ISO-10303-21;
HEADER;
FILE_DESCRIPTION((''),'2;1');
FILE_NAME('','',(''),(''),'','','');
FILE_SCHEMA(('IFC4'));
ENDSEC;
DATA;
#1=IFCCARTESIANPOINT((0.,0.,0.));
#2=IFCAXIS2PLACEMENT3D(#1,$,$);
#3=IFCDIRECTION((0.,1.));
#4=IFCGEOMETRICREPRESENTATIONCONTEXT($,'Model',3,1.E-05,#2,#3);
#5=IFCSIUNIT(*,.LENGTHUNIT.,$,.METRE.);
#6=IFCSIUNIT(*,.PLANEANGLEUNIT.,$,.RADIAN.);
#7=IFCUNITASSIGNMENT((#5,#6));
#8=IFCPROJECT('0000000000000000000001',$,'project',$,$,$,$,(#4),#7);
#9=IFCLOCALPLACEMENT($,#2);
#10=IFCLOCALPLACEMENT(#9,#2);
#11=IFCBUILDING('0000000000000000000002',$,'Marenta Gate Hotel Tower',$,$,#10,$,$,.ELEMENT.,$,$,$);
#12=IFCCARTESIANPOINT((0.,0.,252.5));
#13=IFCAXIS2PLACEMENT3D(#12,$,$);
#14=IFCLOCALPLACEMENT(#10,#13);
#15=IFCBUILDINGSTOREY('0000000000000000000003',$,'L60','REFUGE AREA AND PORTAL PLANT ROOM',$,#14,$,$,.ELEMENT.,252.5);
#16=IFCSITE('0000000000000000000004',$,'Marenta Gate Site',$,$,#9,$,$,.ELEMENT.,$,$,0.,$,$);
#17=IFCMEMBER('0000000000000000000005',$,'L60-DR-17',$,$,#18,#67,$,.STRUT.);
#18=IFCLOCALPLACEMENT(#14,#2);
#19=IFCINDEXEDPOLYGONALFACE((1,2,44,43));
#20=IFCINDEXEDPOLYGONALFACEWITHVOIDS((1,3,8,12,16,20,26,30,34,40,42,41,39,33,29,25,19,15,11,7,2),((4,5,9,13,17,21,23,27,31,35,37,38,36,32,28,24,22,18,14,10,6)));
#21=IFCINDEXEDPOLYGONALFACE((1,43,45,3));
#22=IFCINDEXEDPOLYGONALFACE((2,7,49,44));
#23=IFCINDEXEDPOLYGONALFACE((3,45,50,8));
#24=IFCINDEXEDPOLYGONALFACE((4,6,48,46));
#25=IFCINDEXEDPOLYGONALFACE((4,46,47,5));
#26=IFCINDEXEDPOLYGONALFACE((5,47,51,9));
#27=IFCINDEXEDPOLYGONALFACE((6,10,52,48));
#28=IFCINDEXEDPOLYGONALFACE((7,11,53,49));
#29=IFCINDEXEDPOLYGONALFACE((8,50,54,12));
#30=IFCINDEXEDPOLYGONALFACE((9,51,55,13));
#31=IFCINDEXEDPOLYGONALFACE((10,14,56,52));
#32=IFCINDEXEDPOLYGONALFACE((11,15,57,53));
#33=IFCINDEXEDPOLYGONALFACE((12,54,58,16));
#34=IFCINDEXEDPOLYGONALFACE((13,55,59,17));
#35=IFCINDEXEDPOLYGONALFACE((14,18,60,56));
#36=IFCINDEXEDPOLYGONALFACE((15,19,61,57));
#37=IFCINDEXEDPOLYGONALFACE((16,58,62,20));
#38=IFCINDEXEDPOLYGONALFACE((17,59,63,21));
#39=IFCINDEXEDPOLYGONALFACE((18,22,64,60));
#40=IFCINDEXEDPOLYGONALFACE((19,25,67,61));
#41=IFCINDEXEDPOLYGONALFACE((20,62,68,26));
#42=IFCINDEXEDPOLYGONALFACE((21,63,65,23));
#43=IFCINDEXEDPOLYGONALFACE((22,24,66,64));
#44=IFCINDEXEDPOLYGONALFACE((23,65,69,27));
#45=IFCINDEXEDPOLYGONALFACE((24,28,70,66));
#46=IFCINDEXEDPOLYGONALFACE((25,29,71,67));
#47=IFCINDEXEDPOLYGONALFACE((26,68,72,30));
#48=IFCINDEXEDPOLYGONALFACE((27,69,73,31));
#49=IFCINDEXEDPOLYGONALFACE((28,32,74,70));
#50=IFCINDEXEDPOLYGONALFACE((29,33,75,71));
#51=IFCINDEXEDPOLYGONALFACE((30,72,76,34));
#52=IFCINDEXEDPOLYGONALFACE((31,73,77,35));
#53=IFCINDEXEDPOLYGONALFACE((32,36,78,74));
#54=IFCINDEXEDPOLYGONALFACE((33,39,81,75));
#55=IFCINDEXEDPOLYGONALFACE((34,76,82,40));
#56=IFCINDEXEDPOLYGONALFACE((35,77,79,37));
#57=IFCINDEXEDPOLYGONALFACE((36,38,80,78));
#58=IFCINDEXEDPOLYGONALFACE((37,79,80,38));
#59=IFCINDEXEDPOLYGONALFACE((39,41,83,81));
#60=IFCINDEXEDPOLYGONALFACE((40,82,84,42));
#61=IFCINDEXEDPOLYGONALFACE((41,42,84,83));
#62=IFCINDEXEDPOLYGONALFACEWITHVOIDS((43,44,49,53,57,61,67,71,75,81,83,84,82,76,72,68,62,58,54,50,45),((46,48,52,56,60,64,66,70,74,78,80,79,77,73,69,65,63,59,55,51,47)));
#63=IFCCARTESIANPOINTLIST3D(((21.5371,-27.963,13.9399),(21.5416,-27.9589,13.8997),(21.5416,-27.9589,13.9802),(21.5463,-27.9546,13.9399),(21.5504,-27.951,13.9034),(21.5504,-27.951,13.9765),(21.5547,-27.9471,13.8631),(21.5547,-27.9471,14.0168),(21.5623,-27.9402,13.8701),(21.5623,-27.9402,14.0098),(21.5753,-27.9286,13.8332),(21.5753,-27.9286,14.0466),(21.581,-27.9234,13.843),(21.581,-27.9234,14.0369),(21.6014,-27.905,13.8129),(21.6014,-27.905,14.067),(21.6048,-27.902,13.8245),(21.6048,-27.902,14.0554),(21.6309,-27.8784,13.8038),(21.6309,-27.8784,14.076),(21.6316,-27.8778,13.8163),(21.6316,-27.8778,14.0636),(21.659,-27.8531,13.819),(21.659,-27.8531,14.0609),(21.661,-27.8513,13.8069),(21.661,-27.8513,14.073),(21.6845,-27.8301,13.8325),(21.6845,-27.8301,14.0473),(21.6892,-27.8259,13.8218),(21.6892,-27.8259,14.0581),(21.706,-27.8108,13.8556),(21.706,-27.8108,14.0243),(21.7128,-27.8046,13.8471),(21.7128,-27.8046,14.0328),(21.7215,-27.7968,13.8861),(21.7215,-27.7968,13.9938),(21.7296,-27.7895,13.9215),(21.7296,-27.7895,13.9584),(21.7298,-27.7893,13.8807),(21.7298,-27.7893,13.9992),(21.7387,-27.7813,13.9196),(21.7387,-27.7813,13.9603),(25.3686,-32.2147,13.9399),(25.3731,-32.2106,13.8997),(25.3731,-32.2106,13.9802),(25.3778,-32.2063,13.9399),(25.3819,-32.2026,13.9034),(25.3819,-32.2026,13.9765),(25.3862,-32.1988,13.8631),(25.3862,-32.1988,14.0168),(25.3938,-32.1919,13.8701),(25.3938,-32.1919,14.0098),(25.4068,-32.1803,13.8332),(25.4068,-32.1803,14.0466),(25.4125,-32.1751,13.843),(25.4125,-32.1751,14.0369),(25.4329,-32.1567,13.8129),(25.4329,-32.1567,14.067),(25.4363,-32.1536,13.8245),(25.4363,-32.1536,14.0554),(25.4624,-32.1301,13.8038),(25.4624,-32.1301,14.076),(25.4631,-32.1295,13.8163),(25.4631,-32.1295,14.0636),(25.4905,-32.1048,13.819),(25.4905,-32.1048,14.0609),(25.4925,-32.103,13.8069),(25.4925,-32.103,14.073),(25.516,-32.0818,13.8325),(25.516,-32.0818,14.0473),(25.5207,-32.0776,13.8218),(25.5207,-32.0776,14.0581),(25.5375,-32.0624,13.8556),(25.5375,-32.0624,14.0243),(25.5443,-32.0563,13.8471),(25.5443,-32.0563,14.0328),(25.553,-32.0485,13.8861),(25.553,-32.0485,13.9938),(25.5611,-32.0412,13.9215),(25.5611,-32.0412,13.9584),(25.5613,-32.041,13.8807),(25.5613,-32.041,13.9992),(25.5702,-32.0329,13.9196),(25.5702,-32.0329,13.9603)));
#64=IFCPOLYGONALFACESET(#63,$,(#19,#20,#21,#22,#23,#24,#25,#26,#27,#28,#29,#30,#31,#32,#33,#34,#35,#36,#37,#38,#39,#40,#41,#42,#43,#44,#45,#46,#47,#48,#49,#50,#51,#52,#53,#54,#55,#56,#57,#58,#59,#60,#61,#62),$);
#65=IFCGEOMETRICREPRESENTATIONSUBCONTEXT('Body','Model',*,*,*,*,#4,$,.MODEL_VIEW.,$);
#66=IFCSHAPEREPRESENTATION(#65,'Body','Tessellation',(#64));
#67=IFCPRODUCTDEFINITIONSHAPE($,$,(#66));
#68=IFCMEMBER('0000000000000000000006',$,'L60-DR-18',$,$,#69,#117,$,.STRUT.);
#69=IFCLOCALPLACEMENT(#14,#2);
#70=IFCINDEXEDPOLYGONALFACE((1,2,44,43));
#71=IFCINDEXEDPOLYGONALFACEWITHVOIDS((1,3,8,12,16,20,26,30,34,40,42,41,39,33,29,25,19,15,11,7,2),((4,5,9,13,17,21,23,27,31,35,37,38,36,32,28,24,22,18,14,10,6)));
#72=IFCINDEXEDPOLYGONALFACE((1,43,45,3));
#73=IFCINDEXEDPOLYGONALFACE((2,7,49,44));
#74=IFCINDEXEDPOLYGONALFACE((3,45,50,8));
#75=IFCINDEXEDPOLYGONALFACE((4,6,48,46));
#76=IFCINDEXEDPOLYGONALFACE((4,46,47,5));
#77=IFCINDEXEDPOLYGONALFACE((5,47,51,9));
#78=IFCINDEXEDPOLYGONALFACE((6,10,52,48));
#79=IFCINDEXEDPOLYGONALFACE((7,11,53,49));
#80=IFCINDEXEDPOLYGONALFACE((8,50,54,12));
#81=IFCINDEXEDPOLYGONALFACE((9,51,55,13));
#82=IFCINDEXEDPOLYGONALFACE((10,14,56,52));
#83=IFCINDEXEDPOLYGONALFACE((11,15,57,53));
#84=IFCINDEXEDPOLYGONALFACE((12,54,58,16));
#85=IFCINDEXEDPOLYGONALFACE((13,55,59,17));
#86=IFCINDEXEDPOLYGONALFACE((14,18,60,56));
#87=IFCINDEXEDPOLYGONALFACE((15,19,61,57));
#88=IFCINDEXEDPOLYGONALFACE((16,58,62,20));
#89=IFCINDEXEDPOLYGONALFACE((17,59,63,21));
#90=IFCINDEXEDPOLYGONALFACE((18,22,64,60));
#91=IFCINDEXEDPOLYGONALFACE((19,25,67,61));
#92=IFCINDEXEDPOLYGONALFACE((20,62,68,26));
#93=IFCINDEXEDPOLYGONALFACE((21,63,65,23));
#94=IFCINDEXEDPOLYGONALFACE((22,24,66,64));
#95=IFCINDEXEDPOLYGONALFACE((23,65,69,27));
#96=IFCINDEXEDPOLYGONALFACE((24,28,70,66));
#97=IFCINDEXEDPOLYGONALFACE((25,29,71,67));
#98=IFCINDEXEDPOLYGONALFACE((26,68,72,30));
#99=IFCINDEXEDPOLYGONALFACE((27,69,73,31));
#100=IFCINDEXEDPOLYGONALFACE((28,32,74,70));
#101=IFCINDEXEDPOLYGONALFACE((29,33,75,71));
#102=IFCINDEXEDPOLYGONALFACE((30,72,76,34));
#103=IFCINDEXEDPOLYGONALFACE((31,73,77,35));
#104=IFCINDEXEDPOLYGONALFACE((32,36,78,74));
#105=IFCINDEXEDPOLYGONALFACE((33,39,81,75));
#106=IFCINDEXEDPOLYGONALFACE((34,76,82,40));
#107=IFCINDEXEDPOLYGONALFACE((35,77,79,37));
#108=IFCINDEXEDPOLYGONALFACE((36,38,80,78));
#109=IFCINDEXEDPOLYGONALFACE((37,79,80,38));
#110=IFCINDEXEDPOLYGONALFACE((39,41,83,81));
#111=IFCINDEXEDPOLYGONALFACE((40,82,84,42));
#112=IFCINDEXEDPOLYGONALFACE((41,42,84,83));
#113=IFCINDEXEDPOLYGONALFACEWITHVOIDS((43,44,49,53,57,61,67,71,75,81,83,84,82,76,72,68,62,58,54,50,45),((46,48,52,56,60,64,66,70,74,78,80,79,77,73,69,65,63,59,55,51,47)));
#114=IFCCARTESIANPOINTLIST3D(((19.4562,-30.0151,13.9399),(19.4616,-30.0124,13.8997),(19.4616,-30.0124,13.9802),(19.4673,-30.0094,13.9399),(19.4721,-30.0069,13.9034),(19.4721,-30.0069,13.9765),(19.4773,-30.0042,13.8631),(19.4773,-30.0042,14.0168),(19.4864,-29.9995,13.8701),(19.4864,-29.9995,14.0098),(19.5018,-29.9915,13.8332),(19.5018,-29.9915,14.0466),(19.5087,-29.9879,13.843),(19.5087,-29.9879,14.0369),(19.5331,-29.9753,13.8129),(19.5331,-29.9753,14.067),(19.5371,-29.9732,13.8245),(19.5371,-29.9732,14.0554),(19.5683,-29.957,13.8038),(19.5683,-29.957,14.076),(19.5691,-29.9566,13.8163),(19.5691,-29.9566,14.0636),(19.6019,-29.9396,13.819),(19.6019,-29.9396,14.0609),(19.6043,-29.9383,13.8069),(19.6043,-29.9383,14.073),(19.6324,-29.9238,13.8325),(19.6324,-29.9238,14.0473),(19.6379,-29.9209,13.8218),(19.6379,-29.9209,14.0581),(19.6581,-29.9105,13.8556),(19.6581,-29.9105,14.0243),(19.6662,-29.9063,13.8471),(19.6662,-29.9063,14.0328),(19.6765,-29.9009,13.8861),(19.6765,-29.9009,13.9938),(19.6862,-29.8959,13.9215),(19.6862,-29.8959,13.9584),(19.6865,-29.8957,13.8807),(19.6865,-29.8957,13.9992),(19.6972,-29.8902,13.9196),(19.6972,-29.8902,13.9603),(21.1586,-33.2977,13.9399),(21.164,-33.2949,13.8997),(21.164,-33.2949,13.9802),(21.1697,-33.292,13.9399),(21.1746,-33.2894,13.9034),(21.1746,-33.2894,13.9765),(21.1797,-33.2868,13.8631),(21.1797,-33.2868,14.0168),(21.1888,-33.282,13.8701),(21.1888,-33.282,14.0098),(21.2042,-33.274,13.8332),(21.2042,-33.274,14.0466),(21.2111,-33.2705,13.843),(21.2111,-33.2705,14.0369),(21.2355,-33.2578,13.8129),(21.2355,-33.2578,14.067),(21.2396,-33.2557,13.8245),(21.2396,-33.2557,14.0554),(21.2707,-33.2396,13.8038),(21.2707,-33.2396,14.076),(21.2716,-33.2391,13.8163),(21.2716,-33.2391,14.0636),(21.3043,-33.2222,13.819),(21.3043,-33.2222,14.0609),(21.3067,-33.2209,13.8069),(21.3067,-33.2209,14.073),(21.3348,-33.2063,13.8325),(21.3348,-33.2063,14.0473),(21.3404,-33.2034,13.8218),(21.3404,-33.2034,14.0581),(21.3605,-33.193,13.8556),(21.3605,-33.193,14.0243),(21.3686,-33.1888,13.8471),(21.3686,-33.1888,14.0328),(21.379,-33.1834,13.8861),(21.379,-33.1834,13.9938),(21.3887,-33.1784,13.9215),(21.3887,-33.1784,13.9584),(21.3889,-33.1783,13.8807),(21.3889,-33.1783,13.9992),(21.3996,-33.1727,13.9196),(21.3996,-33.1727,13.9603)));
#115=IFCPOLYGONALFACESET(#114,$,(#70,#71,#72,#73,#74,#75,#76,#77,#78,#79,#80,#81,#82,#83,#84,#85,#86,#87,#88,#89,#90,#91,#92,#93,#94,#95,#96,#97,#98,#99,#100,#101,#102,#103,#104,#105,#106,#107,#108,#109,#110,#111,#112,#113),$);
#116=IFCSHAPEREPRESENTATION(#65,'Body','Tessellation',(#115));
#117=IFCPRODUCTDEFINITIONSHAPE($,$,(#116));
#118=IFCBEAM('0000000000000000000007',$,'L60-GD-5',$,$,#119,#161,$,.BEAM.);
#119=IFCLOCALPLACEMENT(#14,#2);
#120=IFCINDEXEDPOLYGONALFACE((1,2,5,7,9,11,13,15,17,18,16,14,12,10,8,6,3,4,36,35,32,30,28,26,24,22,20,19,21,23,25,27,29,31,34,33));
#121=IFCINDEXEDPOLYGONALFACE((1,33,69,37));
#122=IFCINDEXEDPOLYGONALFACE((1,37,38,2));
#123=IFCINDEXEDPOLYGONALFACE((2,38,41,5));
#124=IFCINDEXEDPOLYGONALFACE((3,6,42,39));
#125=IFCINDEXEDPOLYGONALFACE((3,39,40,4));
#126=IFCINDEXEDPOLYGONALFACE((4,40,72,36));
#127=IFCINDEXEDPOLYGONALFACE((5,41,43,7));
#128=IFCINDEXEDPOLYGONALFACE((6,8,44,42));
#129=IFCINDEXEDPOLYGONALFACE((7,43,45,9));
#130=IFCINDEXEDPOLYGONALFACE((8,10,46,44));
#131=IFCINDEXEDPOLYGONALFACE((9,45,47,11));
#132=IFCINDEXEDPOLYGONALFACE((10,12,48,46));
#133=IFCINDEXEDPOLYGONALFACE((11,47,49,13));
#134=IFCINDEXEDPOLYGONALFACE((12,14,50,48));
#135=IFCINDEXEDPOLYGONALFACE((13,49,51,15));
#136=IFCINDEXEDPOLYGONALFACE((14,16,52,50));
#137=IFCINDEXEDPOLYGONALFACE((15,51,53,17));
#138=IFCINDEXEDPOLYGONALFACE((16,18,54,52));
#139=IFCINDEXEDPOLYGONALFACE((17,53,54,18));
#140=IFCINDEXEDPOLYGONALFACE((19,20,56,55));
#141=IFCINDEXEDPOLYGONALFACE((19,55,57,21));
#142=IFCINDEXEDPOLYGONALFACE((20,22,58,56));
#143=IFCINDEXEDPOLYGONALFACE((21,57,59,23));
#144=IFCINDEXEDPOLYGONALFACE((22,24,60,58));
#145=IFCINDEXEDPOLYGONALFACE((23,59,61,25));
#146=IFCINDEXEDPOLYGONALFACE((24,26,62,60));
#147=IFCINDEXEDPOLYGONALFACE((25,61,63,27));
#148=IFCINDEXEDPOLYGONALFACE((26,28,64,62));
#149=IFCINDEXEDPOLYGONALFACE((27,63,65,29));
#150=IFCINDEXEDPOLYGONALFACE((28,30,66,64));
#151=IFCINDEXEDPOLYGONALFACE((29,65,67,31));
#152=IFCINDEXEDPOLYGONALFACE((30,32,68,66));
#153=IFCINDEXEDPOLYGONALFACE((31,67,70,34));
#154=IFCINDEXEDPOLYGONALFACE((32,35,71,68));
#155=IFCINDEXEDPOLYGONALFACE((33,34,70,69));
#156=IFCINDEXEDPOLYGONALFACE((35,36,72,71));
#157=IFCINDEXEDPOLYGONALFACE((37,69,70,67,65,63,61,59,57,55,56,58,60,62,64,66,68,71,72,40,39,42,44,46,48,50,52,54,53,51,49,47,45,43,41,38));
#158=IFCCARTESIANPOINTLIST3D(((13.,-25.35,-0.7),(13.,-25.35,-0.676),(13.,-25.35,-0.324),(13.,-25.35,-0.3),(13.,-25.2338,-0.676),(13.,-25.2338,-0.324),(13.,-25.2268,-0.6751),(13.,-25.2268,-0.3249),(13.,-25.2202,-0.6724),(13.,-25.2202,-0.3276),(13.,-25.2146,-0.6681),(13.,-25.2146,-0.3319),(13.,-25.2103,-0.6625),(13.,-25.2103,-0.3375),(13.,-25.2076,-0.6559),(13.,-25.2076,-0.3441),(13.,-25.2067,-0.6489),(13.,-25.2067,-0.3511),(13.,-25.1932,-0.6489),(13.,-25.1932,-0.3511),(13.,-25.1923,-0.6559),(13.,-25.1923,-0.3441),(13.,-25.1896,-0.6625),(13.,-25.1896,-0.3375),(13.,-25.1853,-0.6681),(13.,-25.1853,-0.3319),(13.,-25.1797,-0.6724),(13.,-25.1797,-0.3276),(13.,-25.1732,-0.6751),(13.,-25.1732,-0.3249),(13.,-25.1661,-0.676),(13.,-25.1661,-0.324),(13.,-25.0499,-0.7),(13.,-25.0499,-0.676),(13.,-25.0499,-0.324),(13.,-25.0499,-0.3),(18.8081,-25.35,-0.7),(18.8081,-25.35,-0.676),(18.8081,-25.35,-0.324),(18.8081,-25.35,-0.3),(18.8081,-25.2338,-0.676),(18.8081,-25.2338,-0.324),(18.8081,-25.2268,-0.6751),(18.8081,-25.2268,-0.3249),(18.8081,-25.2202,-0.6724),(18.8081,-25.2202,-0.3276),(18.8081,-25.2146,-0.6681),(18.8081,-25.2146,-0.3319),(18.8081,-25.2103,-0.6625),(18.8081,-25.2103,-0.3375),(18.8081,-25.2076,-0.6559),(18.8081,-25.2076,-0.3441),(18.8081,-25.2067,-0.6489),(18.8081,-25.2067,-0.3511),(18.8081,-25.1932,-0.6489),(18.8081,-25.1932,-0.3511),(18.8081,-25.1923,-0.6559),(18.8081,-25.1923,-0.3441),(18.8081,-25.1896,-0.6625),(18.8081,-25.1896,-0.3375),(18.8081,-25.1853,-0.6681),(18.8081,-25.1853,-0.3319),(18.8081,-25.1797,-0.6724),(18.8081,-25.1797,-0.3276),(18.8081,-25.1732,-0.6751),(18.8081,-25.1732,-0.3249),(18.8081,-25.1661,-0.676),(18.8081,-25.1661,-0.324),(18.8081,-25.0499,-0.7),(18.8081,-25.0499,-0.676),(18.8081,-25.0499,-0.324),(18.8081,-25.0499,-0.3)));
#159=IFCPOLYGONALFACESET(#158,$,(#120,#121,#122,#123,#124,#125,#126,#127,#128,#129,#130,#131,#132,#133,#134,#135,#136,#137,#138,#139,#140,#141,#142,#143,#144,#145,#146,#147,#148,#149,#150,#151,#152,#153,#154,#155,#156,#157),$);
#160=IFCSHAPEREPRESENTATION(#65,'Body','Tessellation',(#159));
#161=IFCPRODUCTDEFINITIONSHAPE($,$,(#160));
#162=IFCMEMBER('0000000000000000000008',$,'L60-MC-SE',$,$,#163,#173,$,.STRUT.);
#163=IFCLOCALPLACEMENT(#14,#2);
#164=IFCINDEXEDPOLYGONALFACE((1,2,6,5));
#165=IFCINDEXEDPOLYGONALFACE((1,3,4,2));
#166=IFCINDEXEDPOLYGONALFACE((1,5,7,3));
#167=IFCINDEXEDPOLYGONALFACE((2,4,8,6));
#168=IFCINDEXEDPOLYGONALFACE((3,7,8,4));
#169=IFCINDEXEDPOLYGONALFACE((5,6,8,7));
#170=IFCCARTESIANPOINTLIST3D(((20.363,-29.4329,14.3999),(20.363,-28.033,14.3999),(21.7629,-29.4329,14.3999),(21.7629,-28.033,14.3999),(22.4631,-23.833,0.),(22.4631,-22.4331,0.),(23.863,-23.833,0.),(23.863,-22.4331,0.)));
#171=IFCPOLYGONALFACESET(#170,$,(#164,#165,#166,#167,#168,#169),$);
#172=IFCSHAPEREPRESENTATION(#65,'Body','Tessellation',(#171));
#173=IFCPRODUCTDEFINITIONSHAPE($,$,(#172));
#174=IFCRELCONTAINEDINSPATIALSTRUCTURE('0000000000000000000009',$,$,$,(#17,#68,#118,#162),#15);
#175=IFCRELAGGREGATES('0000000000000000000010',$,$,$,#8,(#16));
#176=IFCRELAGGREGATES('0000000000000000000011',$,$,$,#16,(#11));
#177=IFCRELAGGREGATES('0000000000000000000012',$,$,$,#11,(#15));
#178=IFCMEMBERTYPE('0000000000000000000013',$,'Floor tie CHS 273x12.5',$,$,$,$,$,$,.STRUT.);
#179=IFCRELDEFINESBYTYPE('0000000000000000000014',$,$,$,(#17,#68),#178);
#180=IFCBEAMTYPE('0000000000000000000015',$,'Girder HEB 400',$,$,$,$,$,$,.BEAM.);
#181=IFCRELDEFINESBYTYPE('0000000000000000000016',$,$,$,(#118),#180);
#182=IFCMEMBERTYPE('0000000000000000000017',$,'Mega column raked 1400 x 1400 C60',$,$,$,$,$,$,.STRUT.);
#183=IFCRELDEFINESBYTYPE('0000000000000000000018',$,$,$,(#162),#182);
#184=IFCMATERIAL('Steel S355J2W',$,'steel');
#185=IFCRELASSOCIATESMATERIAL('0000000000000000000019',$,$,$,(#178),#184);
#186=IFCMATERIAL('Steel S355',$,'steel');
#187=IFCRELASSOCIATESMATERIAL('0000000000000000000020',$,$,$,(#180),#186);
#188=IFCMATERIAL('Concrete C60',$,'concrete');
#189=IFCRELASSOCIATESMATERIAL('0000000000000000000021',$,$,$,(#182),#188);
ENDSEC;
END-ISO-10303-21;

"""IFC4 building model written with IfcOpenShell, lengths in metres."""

from ifc_helpers import new_model, si_unit, direction, frame, origin, origin_2d, place, context, subcontext, project, spatial, rectangle, hollow_circle, i_section, extrude, material, material_profile, profile_set, type_object, element, save


model = new_model("IFC4")

# Units and contexts
model_context = context("Model", 3, precision=1e-05, world=origin(), true_north=direction((0.0, 1.0)))
body_context = subcontext(model_context, "Body", "Model", "MODEL_VIEW")
ifc_project = project(units=[si_unit("LENGTHUNIT", "METRE"), si_unit("PLANEANGLEUNIT", "RADIAN")], contexts=[model_context])

# Site, building, storey
site_placement = place(None, origin())
site = spatial("IfcSite", under=ifc_project, at=site_placement, Name="Marenta Gate Site", CompositionType="ELEMENT", RefElevation=0.0)
building_placement = place(site_placement, origin())
building = spatial("IfcBuilding", under=site, at=building_placement, Name="Marenta Gate Hotel Tower", CompositionType="ELEMENT")
storey_placement = place(building_placement, frame((0.0, 0.0, 252.5)))
storey = spatial("IfcBuildingStorey", under=building, at=storey_placement, Name="L60", Description="REFUGE AREA AND PORTAL PLANT ROOM", CompositionType="ELEMENT", Elevation=252.5)

# Members
ifc_material_1 = material(Name="Steel S355J2W", Category="steel")
ifc_material_profile_1 = material_profile(ifc_material_1, hollow_circle(Radius=0.1365, WallThickness=0.0125, at=origin_2d()), Name="CHS 273x12.5")
ifc_profile_set_1 = profile_set([ifc_material_profile_1], Name="Steel S355J2W")
member_type_1 = type_object("IfcMemberType", Name="Floor tie CHS 273x12.5", PredefinedType="STRUT", material=ifc_profile_set_1)
member_1_placement = place(storey_placement, frame((25.47, -32.1233, 13.9399), z_axis=(-0.669448, 0.742859, 0.0), x_axis=(-0.742859, -0.669448, 0.0)))
element("IfcMember", 1, at=member_1_placement, inside=storey, type_object=member_type_1, Name="L60-DR-17", PredefinedType="STRUT", context=body_context, shape_type="SweptSolid", body=[
    extrude(hollow_circle(Radius=0.1365, WallThickness=0.0125, at=origin_2d()), origin(), (0.0, 0.0, 1.0), 5.7234),
])
member_2_placement = place(storey_placement, frame((21.2798, -33.2349, 13.9399), z_axis=(-0.460396, 0.887714, 0.0), x_axis=(-0.887714, -0.460396, 0.0)))
element("IfcMember", 2, at=member_2_placement, inside=storey, type_object=member_type_1, Name="L60-DR-18", PredefinedType="STRUT", context=body_context, shape_type="SweptSolid", body=[
    extrude(hollow_circle(Radius=0.1365, WallThickness=0.0125, at=origin_2d()), origin(), (0.0, 0.0, 1.0), 3.6978),
])

# Beam
ifc_material_2 = material(Name="Steel S355", Category="steel")
ifc_material_profile_2 = material_profile(ifc_material_2, i_section(OverallWidth=0.3, OverallDepth=0.3999, WebThickness=0.0134, FlangeThickness=0.0239, FilletRadius=0.0271, at=origin_2d()), Name="HEB 400")
ifc_profile_set_2 = profile_set([ifc_material_profile_2], Name="Steel S355")
beam_type_1 = type_object("IfcBeamType", Name="Girder HEB 400", PredefinedType="BEAM", material=ifc_profile_set_2)
beam_1_placement = place(storey_placement, frame((13.0, -25.2, -0.5), z_axis=(1.0, 0.0, 0.0), x_axis=(0.0, 1.0, 0.0)))
element("IfcBeam", 3, at=beam_1_placement, inside=storey, type_object=beam_type_1, Name="L60-GD-5", PredefinedType="BEAM", context=body_context, shape_type="SweptSolid", body=[
    extrude(i_section(OverallWidth=0.3, OverallDepth=0.3999, WebThickness=0.0134, FlangeThickness=0.0239, FilletRadius=0.0271, at=origin_2d()), origin(), (0.0, 0.0, 1.0), 5.8081),
])

# Member
ifc_material_3 = material(Name="Concrete C60", Category="concrete")
ifc_material_profile_3 = material_profile(ifc_material_3, rectangle(XDim=1.3999, YDim=1.3999, at=origin_2d()), Name="1400 x 1400")
ifc_profile_set_3 = profile_set([ifc_material_profile_3], Name="Concrete C60")
member_type_2 = type_object("IfcMemberType", Name="Mega column raked 1400 x 1400 C60", PredefinedType="STRUT", material=ifc_profile_set_3)
member_3_placement = place(storey_placement, frame((23.1631, -23.1331, 0.0), z_axis=(0.0, 0.0, 1.0), x_axis=(1.0, 0.0, 0.0)))
element("IfcMember", 4, at=member_3_placement, inside=storey, type_object=member_type_2, Name="L60-MC-SE", PredefinedType="STRUT", context=body_context, shape_type="SweptSolid", body=[
    extrude(rectangle(XDim=1.3999, YDim=1.3999, at=origin_2d()), origin(), (-0.134686, -0.359138, 0.923515), 15.5925),
])

save(model, "model.ifc")
